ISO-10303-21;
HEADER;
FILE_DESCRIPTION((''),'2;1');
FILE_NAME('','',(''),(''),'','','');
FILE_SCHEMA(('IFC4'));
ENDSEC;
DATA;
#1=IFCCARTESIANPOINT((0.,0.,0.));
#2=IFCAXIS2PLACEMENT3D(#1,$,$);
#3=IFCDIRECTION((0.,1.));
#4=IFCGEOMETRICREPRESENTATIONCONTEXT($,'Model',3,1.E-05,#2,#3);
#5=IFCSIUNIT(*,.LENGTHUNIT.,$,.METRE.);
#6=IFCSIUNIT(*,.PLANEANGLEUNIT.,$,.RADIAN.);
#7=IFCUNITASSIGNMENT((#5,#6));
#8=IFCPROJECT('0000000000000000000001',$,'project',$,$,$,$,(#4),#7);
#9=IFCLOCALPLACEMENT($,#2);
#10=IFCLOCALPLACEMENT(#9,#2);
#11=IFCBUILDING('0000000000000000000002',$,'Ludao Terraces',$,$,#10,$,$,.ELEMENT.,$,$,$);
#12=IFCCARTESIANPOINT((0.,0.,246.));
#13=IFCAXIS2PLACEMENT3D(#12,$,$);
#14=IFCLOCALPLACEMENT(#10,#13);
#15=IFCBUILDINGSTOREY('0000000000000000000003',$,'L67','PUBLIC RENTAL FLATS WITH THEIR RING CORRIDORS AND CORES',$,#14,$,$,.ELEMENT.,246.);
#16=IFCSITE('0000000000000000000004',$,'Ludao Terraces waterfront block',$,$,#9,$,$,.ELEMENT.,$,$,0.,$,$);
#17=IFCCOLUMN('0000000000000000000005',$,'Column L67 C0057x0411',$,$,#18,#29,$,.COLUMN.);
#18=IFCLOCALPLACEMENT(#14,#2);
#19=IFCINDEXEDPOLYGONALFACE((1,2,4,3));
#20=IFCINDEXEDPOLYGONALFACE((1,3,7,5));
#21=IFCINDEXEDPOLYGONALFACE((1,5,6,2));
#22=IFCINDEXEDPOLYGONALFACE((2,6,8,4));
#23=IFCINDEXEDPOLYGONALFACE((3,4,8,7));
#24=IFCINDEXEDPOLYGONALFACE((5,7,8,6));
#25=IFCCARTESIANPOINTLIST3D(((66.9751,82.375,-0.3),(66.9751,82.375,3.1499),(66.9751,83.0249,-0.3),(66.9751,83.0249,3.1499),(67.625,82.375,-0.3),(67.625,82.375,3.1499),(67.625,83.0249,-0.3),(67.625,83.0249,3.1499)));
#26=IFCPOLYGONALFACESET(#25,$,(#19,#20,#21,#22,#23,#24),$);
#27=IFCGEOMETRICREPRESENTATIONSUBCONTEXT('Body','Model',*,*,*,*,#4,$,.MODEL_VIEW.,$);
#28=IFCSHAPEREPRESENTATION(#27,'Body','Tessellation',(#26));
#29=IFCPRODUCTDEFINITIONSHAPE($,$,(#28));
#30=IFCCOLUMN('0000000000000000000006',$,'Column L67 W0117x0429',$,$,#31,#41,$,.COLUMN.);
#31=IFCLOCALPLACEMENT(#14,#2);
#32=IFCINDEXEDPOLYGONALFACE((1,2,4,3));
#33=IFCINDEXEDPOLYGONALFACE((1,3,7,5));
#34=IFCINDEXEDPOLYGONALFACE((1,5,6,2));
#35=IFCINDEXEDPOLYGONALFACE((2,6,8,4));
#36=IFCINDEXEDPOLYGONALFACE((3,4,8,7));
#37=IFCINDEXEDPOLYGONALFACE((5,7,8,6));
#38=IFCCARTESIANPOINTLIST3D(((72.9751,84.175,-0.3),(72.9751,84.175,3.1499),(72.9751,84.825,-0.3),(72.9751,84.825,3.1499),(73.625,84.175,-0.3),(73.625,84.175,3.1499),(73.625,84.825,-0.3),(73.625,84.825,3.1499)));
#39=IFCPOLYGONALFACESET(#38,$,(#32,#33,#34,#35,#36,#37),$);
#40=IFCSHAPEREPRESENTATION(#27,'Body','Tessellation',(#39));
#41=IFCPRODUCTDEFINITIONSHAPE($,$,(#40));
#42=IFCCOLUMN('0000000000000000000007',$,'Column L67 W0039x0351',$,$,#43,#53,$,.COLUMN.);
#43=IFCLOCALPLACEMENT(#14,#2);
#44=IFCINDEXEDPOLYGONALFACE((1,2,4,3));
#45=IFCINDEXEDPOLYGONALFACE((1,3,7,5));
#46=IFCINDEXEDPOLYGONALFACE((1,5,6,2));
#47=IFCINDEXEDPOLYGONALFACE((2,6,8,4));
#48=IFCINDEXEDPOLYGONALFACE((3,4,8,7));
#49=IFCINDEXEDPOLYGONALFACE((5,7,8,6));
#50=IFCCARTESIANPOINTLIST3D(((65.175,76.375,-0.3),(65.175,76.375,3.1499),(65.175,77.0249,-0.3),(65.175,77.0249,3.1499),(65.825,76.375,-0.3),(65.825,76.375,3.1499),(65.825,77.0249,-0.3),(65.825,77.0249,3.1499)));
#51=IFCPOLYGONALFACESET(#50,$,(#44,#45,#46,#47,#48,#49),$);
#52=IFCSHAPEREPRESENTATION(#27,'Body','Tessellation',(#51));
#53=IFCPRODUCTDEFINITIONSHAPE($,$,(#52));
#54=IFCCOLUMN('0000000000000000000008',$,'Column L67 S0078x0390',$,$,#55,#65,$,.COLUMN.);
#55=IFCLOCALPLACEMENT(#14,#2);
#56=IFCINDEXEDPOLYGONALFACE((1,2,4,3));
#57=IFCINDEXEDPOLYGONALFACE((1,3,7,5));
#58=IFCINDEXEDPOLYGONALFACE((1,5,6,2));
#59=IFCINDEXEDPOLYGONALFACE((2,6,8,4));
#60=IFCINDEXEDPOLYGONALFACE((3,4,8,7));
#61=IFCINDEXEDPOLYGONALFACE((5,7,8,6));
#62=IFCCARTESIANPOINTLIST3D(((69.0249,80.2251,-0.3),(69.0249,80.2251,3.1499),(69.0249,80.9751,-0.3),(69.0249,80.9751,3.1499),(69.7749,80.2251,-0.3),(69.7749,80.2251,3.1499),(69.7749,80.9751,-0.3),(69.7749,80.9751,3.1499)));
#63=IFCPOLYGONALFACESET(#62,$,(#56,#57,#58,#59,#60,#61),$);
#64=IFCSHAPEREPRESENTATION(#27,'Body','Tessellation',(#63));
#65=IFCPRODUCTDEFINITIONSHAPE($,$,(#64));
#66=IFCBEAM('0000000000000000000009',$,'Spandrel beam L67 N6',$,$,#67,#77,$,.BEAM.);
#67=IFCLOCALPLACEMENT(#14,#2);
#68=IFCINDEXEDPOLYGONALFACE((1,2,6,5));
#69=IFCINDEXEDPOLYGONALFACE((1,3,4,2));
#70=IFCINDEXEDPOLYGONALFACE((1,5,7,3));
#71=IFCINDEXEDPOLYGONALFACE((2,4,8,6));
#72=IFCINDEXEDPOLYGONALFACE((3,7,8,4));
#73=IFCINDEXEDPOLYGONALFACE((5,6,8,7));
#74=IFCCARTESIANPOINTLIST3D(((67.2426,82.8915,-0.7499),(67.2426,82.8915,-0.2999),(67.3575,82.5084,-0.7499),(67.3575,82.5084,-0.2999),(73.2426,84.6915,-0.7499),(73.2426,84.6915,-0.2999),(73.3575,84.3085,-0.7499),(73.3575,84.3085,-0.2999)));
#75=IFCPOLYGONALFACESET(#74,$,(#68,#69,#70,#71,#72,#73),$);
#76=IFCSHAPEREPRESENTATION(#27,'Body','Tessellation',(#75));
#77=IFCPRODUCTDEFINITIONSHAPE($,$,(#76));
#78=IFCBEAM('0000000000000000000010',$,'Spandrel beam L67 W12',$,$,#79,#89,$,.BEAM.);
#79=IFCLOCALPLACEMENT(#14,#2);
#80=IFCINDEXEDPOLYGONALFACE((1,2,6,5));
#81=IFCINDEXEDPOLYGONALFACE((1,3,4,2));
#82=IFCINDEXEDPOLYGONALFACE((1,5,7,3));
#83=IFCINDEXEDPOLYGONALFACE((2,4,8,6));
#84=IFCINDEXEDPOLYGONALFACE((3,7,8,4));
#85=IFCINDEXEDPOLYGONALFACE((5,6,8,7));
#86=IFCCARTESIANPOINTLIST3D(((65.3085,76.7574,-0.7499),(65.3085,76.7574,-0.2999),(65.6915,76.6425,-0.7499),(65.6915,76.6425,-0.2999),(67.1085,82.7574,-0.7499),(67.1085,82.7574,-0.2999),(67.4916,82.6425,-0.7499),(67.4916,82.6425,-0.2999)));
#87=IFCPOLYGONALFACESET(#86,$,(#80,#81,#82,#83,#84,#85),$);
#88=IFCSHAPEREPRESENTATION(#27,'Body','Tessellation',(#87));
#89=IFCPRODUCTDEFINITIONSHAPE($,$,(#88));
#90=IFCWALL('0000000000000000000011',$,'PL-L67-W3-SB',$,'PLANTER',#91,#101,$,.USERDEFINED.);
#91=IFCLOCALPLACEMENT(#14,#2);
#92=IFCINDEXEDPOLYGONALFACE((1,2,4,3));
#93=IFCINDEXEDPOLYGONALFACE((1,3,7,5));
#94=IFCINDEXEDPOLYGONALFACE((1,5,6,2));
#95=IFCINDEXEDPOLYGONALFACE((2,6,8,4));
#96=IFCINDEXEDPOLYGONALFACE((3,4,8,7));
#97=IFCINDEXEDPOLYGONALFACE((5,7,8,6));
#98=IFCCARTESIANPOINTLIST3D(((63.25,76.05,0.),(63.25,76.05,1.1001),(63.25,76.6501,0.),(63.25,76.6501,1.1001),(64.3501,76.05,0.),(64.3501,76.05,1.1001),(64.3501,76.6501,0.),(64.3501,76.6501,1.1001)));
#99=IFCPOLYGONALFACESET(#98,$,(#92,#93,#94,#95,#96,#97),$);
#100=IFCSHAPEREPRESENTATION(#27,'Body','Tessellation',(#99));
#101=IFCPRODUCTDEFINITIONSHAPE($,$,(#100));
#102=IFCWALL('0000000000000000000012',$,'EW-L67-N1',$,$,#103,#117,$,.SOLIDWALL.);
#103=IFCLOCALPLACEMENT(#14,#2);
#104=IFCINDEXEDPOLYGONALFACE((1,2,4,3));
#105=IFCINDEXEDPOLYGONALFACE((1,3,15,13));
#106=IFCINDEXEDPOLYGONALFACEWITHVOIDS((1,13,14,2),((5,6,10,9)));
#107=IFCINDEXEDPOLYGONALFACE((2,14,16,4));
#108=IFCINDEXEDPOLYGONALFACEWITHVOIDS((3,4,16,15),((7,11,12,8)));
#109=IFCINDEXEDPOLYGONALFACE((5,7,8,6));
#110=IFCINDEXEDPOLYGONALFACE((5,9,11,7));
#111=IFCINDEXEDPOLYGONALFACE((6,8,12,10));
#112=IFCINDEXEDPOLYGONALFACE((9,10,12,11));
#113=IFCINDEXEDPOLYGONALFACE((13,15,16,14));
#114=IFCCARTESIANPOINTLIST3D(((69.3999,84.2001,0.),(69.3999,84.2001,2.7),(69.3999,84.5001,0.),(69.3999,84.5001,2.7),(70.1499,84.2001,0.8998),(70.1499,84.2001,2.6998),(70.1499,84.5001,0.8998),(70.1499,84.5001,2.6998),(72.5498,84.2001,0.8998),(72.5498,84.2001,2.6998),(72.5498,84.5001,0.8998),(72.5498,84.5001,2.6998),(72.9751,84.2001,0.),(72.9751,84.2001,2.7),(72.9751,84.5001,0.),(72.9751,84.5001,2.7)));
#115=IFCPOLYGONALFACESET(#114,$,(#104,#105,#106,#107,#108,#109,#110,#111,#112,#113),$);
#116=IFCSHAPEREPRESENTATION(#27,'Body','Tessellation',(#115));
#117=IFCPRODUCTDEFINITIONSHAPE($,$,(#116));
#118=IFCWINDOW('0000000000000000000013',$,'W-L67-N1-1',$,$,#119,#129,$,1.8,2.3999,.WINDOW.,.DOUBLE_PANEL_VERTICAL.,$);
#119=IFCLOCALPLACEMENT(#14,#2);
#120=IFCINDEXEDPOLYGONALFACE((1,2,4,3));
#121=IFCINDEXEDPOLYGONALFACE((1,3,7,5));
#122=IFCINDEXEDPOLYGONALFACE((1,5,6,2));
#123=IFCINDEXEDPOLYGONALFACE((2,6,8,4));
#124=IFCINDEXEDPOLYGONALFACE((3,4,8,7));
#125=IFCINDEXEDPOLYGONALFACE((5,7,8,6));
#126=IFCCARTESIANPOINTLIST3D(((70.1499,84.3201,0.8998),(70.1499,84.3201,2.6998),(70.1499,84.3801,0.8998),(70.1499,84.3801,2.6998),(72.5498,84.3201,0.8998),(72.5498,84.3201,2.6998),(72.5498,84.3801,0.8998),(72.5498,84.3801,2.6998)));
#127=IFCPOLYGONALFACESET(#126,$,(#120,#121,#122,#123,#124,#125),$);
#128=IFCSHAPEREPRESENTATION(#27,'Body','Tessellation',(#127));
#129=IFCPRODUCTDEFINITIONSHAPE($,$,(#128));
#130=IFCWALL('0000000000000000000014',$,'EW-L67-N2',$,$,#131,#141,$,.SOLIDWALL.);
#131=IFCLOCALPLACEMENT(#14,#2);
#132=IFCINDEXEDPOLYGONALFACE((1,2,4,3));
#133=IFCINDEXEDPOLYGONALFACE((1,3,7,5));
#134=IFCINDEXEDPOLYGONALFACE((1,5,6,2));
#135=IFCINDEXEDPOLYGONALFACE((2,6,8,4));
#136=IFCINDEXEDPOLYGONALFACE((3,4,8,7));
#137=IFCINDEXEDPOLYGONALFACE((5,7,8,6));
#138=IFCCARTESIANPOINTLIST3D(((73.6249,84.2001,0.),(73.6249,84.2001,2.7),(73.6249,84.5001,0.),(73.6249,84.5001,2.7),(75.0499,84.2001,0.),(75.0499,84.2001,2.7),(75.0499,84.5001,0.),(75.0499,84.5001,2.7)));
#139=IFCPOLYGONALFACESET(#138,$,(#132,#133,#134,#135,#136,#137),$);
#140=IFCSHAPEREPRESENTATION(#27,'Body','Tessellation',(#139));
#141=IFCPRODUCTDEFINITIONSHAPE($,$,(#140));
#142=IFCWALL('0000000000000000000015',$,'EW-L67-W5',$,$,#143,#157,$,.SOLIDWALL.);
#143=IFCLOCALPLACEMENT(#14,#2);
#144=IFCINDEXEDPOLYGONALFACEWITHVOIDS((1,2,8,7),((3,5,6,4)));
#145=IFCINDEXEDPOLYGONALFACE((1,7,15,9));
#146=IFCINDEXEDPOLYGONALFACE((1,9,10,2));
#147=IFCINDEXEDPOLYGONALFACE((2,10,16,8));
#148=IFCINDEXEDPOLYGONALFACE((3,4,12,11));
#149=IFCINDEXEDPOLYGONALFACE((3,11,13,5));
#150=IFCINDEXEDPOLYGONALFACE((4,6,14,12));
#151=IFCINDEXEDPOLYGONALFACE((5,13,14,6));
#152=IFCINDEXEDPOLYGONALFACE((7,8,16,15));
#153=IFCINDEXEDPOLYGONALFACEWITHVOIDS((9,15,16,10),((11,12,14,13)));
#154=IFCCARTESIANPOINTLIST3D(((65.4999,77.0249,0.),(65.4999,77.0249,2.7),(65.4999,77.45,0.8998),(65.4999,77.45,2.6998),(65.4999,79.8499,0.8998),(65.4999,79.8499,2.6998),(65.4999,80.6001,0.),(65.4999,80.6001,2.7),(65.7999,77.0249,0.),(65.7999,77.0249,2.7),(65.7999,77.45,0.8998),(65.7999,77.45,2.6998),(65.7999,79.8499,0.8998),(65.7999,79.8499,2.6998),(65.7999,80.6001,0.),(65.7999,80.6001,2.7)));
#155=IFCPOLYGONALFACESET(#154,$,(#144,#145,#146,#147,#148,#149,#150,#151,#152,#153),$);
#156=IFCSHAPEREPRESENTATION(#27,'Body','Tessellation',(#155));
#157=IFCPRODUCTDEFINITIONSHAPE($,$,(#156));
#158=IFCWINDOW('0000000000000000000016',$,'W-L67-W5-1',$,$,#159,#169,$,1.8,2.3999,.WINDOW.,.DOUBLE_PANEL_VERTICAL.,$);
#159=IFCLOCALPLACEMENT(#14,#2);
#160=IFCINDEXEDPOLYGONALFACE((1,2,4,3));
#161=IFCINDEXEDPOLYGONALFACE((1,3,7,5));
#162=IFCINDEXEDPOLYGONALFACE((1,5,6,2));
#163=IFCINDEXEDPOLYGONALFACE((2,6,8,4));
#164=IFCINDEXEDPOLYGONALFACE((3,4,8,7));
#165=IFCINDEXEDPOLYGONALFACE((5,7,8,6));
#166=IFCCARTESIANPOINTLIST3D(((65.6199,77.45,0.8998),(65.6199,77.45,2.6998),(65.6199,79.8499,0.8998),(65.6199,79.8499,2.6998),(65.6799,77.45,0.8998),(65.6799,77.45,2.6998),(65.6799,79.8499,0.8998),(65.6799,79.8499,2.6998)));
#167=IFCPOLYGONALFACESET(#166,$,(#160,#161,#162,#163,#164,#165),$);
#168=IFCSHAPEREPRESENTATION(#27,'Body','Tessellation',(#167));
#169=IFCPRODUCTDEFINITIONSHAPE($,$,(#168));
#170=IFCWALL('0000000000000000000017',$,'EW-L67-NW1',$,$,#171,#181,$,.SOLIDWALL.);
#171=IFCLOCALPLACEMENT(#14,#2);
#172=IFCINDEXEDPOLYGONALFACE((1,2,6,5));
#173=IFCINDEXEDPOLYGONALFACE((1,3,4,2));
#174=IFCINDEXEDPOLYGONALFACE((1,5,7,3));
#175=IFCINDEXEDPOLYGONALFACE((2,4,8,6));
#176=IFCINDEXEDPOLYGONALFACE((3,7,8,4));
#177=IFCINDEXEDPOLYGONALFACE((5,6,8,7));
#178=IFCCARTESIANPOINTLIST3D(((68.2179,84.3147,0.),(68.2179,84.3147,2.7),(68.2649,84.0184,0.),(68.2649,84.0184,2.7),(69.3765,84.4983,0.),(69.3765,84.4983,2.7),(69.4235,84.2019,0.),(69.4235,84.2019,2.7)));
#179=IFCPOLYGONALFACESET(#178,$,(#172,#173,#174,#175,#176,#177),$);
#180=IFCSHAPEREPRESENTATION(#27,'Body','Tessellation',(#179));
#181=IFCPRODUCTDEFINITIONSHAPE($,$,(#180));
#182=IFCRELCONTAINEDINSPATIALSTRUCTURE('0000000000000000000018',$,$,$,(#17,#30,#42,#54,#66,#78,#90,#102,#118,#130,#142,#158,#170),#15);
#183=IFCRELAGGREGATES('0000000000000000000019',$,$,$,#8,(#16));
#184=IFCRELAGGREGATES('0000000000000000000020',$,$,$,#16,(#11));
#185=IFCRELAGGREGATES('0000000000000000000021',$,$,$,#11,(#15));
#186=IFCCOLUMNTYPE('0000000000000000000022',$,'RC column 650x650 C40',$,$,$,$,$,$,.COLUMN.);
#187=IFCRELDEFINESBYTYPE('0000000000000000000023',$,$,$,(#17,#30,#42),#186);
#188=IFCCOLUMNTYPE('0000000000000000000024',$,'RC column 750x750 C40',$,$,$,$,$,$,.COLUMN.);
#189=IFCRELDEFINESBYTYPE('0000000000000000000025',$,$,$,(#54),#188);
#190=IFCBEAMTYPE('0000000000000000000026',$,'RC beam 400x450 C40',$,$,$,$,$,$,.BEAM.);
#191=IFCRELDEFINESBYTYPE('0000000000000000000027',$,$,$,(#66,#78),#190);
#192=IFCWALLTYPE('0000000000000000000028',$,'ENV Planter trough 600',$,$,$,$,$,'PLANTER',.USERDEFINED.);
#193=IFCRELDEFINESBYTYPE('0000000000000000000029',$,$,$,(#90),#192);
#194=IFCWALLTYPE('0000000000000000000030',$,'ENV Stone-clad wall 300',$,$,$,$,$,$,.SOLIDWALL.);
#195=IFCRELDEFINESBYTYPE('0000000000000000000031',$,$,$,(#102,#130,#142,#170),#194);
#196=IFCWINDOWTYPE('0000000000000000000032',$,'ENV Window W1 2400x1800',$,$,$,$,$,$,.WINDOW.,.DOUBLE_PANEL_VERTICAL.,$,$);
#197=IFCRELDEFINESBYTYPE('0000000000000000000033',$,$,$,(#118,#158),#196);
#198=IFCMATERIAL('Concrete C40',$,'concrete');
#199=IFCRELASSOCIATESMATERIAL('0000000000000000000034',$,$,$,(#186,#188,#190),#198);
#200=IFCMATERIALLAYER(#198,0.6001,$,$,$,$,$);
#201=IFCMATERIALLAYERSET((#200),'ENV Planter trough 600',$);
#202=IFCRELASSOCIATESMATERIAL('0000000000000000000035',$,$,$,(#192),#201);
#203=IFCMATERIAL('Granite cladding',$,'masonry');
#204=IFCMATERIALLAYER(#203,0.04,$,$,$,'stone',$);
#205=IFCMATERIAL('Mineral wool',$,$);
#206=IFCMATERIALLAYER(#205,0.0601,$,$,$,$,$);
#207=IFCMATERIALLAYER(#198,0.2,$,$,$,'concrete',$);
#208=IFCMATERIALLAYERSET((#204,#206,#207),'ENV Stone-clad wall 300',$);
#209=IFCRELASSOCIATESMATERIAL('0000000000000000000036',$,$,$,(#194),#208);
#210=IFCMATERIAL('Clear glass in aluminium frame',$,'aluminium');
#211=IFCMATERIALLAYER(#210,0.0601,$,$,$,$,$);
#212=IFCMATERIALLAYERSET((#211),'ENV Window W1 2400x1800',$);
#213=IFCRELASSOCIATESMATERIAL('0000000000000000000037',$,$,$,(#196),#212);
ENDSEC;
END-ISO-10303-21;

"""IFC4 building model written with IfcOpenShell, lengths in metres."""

from ifc_helpers import new_model, si_unit, direction, frame, frame_2d, origin, origin_2d, place, context, subcontext, project, spatial, rectangle, extrude, material, layer, layer_set, material_profile, profile_set, type_object, element, fill, save


model = new_model("IFC4")

# Units and contexts
model_context = context("Model", 3, precision=1e-05, world=origin(), true_north=direction((0.0, 1.0)))
body_context = subcontext(model_context, "Body", "Model", "MODEL_VIEW")
ifc_project = project(units=[si_unit("LENGTHUNIT", "METRE"), si_unit("PLANEANGLEUNIT", "RADIAN")], contexts=[model_context])

# Site, building, storey
site_placement = place(None, origin())
site = spatial("IfcSite", under=ifc_project, at=site_placement, Name="Ludao Terraces waterfront block", CompositionType="ELEMENT", RefElevation=0.0)
building_placement = place(site_placement, origin())
building = spatial("IfcBuilding", under=site, at=building_placement, Name="Ludao Terraces", CompositionType="ELEMENT")
storey_placement = place(building_placement, frame((0.0, 0.0, 246.0)))
storey = spatial("IfcBuildingStorey", under=building, at=storey_placement, Name="L67", Description="PUBLIC RENTAL FLATS WITH THEIR RING CORRIDORS AND CORES", CompositionType="ELEMENT", Elevation=246.0)

# Columns
ifc_material_1 = material(Name="Concrete C40", Category="concrete")
ifc_material_profile_1 = material_profile(ifc_material_1, rectangle(XDim=0.6499, YDim=0.6499, at=origin_2d()), Name="650 X 650")
ifc_profile_set_1 = profile_set([ifc_material_profile_1], Name="Concrete C40")
column_type_1 = type_object("IfcColumnType", Name="RC column 650x650 C40", PredefinedType="COLUMN", material=ifc_profile_set_1)
for number, where, z_axis, x_axis, name in (
    (1, (67.3, 82.7, -0.3), (0.0, 0.0, 1.0), (1.0, 0.0, 0.0), "Column L67 C0057x0411"),
    (2, (73.3, 84.5, -0.3), (0.0, 0.0, 1.0), (1.0, 0.0, 0.0), "Column L67 W0117x0429"),
    (3, (65.5, 76.7, -0.3), (0.0, 0.0, 1.0), (1.0, 0.0, 0.0), "Column L67 W0039x0351"),
):
    element("IfcColumn", number, at=place(storey_placement, frame(where, z_axis=z_axis, x_axis=x_axis)), inside=storey, type_object=column_type_1, Name=name, PredefinedType="COLUMN", context=body_context, shape_type="SweptSolid", body=[
        extrude(rectangle(XDim=0.6499, YDim=0.6499, at=origin_2d()), origin(), (0.0, 0.0, 1.0), 3.45),
    ])
ifc_material_profile_2 = material_profile(ifc_material_1, rectangle(XDim=0.75, YDim=0.75, at=origin_2d()), Name="750 X 750")
ifc_profile_set_2 = profile_set([ifc_material_profile_2], Name="Concrete C40")
column_type_2 = type_object("IfcColumnType", Name="RC column 750x750 C40", PredefinedType="COLUMN", material=ifc_profile_set_2)
column_placement = place(storey_placement, frame((69.3999, 80.6001, -0.3), z_axis=(0.0, 0.0, 1.0), x_axis=(1.0, 0.0, 0.0)))
element("IfcColumn", 4, at=column_placement, inside=storey, type_object=column_type_2, Name="Column L67 S0078x0390", PredefinedType="COLUMN", context=body_context, shape_type="SweptSolid", body=[
    extrude(rectangle(XDim=0.75, YDim=0.75, at=origin_2d()), origin(), (0.0, 0.0, 1.0), 3.45),
])

# Beams
ifc_material_profile_3 = material_profile(ifc_material_1, rectangle(XDim=0.3999, YDim=0.45, at=origin_2d()), Name="400 X 450")
ifc_profile_set_3 = profile_set([ifc_material_profile_3], Name="Concrete C40")
beam_type = type_object("IfcBeamType", Name="RC beam 400x450 C40", PredefinedType="BEAM", material=ifc_profile_set_3)
for number, where, z_axis, x_axis, name in (
    (5, (67.3, 82.7, -0.5249), (0.957824, 0.287355, 0.0), (-0.287355, 0.957824, 0.0), "Spandrel beam L67 N6"),
    (6, (65.5, 76.7, -0.5249), (0.287355, 0.957824, 0.0), (-0.957824, 0.287355, 0.0), "Spandrel beam L67 W12"),
):
    element("IfcBeam", number, at=place(storey_placement, frame(where, z_axis=z_axis, x_axis=x_axis)), inside=storey, type_object=beam_type, Name=name, PredefinedType="BEAM", context=body_context, shape_type="SweptSolid", body=[
        extrude(rectangle(XDim=0.3999, YDim=0.45, at=origin_2d()), origin(), (0.0, 0.0, 1.0), 6.2642),
    ])

# Wall
ifc_layer_1 = layer(ifc_material_1, 0.6001)
ifc_layer_set_1 = layer_set([ifc_layer_1], Name="ENV Planter trough 600")
wall_type_1 = type_object("IfcWallType", Name="ENV Planter trough 600", ElementType="PLANTER", PredefinedType="USERDEFINED", material=ifc_layer_set_1)
wall_1_placement = place(storey_placement, frame((63.25, 76.3501, 0.0), z_axis=(0.0, 0.0, 1.0), x_axis=(1.0, 0.0, 0.0)))
element("IfcWall", 7, at=wall_1_placement, inside=storey, type_object=wall_type_1, Name="PL-L67-W3-SB", ObjectType="PLANTER", PredefinedType="USERDEFINED", context=body_context, shape_type="SweptSolid", body=[
    extrude(rectangle(XDim=1.1001, YDim=0.6001, at=frame_2d((0.55, 0.0))), origin(), (0.0, 0.0, 1.0), 1.1001),
])

# Wall, opening, window
ifc_material_2 = material(Name="Granite cladding", Category="masonry")
ifc_layer_2 = layer(ifc_material_2, 0.04, Category="stone")
ifc_material_3 = material(Name="Mineral wool")
ifc_layer_3 = layer(ifc_material_3, 0.0601)
ifc_layer_4 = layer(ifc_material_1, 0.2, Category="concrete")
ifc_layer_set_2 = layer_set([ifc_layer_2, ifc_layer_3, ifc_layer_4], Name="ENV Stone-clad wall 300")
wall_type_2 = type_object("IfcWallType", Name="ENV Stone-clad wall 300", PredefinedType="SOLIDWALL", material=ifc_layer_set_2)
wall_2_placement = place(storey_placement, frame((69.3999, 84.3501, 0.0), z_axis=(0.0, 0.0, 1.0), x_axis=(1.0, 0.0, 0.0)))
wall_2 = element("IfcWall", 8, at=wall_2_placement, inside=storey, type_object=wall_type_2, Name="EW-L67-N1", PredefinedType="SOLIDWALL", context=body_context, shape_type="SweptSolid", body=[
    extrude(rectangle(XDim=3.5752, YDim=0.3, at=frame_2d((1.7876, 0.0))), origin(), (0.0, 0.0, 1.0), 2.7),
])
opening_1_placement = place(wall_2_placement, frame((0.75, 0.0, 0.8999)))
opening_1 = element("IfcOpeningElement", 9, at=opening_1_placement, cuts=wall_2, PredefinedType="OPENING", context=body_context, shape_type="SweptSolid", body=[
    extrude(rectangle(XDim=2.3999, YDim=1.8, at=frame_2d((1.2, 0.8999))), frame((0.0, 0.1602, 0.0), z_axis=(0.0, -1.0, 0.0), x_axis=(1.0, 0.0, 0.0)), (0.0, 0.0, 1.0), 0.3201),
])
ifc_material_4 = material(Name="Clear glass in aluminium frame", Category="aluminium")
ifc_layer_5 = layer(ifc_material_4, 0.0601)
ifc_layer_set_3 = layer_set([ifc_layer_5], Name="ENV Window W1 2400x1800")
window_type_1 = type_object("IfcWindowType", Name="ENV Window W1 2400x1800", PartitioningType="DOUBLE_PANEL_VERTICAL", PredefinedType="WINDOW", material=ifc_layer_set_3)
window_1_placement = place(opening_1_placement, origin())
window_1 = element("IfcWindow", 10, at=window_1_placement, inside=storey, type_object=window_type_1, Name="W-L67-N1-1", OverallHeight=1.8, OverallWidth=2.3999, PartitioningType="DOUBLE_PANEL_VERTICAL", PredefinedType="WINDOW", context=body_context, shape_type="SweptSolid", body=[
    extrude(rectangle(XDim=2.3999, YDim=1.8, at=frame_2d((1.2, 0.8999))), frame((0.0, 0.03, 0.0), z_axis=(0.0, -1.0, 0.0), x_axis=(1.0, 0.0, 0.0)), (0.0, 0.0, 1.0), 0.0601),
])
fill(opening_1, window_1)

# Wall
wall_3_placement = place(storey_placement, frame((73.625, 84.3501, 0.0), z_axis=(0.0, 0.0, 1.0), x_axis=(1.0, 0.0, 0.0)))
element("IfcWall", 11, at=wall_3_placement, inside=storey, type_object=wall_type_2, Name="EW-L67-N2", PredefinedType="SOLIDWALL", context=body_context, shape_type="SweptSolid", body=[
    extrude(rectangle(XDim=1.425, YDim=0.3, at=frame_2d((0.7124, 0.0))), origin(), (0.0, 0.0, 1.0), 2.7),
])

# Wall, opening, window
wall_4_placement = place(storey_placement, frame((65.6499, 77.0249, 0.0), z_axis=(0.0, 0.0, 1.0), x_axis=(0.0, 1.0, 0.0)))
wall_4 = element("IfcWall", 12, at=wall_4_placement, inside=storey, type_object=wall_type_2, Name="EW-L67-W5", PredefinedType="SOLIDWALL", context=body_context, shape_type="SweptSolid", body=[
    extrude(rectangle(XDim=3.5752, YDim=0.3, at=frame_2d((1.7876, 0.0))), origin(), (0.0, 0.0, 1.0), 2.7),
])
opening_2_placement = place(wall_4_placement, frame((0.425, 0.0, 0.8999)))
opening_2 = element("IfcOpeningElement", 13, at=opening_2_placement, cuts=wall_4, PredefinedType="OPENING", context=body_context, shape_type="SweptSolid", body=[
    extrude(rectangle(XDim=2.3999, YDim=1.8, at=frame_2d((1.2, 0.8999))), frame((0.0, 0.1602, 0.0), z_axis=(0.0, -1.0, 0.0), x_axis=(1.0, 0.0, 0.0)), (0.0, 0.0, 1.0), 0.3201),
])
window_2_placement = place(opening_2_placement, origin())
window_2 = element("IfcWindow", 14, at=window_2_placement, inside=storey, type_object=window_type_1, Name="W-L67-W5-1", OverallHeight=1.8, OverallWidth=2.3999, PartitioningType="DOUBLE_PANEL_VERTICAL", PredefinedType="WINDOW", context=body_context, shape_type="SweptSolid", body=[
    extrude(rectangle(XDim=2.3999, YDim=1.8, at=frame_2d((1.2, 0.8999))), frame((0.0, 0.03, 0.0), z_axis=(0.0, -1.0, 0.0), x_axis=(1.0, 0.0, 0.0)), (0.0, 0.0, 1.0), 0.0601),
])
fill(opening_2, window_2)

# Wall
wall_5_placement = place(storey_placement, frame((69.3999, 84.3501, 0.0), z_axis=(0.0, 0.0, 1.0), x_axis=(-0.987678, -0.156497, 0.0)))
element("IfcWall", 15, at=wall_5_placement, inside=storey, type_object=wall_type_2, Name="EW-L67-NW1", PredefinedType="SOLIDWALL", context=body_context, shape_type="SweptSolid", body=[
    extrude(rectangle(XDim=1.1731, YDim=0.3, at=frame_2d((0.5864, 0.0))), origin(), (0.0, 0.0, 1.0), 2.7),
])

save(model, "model.ifc")
